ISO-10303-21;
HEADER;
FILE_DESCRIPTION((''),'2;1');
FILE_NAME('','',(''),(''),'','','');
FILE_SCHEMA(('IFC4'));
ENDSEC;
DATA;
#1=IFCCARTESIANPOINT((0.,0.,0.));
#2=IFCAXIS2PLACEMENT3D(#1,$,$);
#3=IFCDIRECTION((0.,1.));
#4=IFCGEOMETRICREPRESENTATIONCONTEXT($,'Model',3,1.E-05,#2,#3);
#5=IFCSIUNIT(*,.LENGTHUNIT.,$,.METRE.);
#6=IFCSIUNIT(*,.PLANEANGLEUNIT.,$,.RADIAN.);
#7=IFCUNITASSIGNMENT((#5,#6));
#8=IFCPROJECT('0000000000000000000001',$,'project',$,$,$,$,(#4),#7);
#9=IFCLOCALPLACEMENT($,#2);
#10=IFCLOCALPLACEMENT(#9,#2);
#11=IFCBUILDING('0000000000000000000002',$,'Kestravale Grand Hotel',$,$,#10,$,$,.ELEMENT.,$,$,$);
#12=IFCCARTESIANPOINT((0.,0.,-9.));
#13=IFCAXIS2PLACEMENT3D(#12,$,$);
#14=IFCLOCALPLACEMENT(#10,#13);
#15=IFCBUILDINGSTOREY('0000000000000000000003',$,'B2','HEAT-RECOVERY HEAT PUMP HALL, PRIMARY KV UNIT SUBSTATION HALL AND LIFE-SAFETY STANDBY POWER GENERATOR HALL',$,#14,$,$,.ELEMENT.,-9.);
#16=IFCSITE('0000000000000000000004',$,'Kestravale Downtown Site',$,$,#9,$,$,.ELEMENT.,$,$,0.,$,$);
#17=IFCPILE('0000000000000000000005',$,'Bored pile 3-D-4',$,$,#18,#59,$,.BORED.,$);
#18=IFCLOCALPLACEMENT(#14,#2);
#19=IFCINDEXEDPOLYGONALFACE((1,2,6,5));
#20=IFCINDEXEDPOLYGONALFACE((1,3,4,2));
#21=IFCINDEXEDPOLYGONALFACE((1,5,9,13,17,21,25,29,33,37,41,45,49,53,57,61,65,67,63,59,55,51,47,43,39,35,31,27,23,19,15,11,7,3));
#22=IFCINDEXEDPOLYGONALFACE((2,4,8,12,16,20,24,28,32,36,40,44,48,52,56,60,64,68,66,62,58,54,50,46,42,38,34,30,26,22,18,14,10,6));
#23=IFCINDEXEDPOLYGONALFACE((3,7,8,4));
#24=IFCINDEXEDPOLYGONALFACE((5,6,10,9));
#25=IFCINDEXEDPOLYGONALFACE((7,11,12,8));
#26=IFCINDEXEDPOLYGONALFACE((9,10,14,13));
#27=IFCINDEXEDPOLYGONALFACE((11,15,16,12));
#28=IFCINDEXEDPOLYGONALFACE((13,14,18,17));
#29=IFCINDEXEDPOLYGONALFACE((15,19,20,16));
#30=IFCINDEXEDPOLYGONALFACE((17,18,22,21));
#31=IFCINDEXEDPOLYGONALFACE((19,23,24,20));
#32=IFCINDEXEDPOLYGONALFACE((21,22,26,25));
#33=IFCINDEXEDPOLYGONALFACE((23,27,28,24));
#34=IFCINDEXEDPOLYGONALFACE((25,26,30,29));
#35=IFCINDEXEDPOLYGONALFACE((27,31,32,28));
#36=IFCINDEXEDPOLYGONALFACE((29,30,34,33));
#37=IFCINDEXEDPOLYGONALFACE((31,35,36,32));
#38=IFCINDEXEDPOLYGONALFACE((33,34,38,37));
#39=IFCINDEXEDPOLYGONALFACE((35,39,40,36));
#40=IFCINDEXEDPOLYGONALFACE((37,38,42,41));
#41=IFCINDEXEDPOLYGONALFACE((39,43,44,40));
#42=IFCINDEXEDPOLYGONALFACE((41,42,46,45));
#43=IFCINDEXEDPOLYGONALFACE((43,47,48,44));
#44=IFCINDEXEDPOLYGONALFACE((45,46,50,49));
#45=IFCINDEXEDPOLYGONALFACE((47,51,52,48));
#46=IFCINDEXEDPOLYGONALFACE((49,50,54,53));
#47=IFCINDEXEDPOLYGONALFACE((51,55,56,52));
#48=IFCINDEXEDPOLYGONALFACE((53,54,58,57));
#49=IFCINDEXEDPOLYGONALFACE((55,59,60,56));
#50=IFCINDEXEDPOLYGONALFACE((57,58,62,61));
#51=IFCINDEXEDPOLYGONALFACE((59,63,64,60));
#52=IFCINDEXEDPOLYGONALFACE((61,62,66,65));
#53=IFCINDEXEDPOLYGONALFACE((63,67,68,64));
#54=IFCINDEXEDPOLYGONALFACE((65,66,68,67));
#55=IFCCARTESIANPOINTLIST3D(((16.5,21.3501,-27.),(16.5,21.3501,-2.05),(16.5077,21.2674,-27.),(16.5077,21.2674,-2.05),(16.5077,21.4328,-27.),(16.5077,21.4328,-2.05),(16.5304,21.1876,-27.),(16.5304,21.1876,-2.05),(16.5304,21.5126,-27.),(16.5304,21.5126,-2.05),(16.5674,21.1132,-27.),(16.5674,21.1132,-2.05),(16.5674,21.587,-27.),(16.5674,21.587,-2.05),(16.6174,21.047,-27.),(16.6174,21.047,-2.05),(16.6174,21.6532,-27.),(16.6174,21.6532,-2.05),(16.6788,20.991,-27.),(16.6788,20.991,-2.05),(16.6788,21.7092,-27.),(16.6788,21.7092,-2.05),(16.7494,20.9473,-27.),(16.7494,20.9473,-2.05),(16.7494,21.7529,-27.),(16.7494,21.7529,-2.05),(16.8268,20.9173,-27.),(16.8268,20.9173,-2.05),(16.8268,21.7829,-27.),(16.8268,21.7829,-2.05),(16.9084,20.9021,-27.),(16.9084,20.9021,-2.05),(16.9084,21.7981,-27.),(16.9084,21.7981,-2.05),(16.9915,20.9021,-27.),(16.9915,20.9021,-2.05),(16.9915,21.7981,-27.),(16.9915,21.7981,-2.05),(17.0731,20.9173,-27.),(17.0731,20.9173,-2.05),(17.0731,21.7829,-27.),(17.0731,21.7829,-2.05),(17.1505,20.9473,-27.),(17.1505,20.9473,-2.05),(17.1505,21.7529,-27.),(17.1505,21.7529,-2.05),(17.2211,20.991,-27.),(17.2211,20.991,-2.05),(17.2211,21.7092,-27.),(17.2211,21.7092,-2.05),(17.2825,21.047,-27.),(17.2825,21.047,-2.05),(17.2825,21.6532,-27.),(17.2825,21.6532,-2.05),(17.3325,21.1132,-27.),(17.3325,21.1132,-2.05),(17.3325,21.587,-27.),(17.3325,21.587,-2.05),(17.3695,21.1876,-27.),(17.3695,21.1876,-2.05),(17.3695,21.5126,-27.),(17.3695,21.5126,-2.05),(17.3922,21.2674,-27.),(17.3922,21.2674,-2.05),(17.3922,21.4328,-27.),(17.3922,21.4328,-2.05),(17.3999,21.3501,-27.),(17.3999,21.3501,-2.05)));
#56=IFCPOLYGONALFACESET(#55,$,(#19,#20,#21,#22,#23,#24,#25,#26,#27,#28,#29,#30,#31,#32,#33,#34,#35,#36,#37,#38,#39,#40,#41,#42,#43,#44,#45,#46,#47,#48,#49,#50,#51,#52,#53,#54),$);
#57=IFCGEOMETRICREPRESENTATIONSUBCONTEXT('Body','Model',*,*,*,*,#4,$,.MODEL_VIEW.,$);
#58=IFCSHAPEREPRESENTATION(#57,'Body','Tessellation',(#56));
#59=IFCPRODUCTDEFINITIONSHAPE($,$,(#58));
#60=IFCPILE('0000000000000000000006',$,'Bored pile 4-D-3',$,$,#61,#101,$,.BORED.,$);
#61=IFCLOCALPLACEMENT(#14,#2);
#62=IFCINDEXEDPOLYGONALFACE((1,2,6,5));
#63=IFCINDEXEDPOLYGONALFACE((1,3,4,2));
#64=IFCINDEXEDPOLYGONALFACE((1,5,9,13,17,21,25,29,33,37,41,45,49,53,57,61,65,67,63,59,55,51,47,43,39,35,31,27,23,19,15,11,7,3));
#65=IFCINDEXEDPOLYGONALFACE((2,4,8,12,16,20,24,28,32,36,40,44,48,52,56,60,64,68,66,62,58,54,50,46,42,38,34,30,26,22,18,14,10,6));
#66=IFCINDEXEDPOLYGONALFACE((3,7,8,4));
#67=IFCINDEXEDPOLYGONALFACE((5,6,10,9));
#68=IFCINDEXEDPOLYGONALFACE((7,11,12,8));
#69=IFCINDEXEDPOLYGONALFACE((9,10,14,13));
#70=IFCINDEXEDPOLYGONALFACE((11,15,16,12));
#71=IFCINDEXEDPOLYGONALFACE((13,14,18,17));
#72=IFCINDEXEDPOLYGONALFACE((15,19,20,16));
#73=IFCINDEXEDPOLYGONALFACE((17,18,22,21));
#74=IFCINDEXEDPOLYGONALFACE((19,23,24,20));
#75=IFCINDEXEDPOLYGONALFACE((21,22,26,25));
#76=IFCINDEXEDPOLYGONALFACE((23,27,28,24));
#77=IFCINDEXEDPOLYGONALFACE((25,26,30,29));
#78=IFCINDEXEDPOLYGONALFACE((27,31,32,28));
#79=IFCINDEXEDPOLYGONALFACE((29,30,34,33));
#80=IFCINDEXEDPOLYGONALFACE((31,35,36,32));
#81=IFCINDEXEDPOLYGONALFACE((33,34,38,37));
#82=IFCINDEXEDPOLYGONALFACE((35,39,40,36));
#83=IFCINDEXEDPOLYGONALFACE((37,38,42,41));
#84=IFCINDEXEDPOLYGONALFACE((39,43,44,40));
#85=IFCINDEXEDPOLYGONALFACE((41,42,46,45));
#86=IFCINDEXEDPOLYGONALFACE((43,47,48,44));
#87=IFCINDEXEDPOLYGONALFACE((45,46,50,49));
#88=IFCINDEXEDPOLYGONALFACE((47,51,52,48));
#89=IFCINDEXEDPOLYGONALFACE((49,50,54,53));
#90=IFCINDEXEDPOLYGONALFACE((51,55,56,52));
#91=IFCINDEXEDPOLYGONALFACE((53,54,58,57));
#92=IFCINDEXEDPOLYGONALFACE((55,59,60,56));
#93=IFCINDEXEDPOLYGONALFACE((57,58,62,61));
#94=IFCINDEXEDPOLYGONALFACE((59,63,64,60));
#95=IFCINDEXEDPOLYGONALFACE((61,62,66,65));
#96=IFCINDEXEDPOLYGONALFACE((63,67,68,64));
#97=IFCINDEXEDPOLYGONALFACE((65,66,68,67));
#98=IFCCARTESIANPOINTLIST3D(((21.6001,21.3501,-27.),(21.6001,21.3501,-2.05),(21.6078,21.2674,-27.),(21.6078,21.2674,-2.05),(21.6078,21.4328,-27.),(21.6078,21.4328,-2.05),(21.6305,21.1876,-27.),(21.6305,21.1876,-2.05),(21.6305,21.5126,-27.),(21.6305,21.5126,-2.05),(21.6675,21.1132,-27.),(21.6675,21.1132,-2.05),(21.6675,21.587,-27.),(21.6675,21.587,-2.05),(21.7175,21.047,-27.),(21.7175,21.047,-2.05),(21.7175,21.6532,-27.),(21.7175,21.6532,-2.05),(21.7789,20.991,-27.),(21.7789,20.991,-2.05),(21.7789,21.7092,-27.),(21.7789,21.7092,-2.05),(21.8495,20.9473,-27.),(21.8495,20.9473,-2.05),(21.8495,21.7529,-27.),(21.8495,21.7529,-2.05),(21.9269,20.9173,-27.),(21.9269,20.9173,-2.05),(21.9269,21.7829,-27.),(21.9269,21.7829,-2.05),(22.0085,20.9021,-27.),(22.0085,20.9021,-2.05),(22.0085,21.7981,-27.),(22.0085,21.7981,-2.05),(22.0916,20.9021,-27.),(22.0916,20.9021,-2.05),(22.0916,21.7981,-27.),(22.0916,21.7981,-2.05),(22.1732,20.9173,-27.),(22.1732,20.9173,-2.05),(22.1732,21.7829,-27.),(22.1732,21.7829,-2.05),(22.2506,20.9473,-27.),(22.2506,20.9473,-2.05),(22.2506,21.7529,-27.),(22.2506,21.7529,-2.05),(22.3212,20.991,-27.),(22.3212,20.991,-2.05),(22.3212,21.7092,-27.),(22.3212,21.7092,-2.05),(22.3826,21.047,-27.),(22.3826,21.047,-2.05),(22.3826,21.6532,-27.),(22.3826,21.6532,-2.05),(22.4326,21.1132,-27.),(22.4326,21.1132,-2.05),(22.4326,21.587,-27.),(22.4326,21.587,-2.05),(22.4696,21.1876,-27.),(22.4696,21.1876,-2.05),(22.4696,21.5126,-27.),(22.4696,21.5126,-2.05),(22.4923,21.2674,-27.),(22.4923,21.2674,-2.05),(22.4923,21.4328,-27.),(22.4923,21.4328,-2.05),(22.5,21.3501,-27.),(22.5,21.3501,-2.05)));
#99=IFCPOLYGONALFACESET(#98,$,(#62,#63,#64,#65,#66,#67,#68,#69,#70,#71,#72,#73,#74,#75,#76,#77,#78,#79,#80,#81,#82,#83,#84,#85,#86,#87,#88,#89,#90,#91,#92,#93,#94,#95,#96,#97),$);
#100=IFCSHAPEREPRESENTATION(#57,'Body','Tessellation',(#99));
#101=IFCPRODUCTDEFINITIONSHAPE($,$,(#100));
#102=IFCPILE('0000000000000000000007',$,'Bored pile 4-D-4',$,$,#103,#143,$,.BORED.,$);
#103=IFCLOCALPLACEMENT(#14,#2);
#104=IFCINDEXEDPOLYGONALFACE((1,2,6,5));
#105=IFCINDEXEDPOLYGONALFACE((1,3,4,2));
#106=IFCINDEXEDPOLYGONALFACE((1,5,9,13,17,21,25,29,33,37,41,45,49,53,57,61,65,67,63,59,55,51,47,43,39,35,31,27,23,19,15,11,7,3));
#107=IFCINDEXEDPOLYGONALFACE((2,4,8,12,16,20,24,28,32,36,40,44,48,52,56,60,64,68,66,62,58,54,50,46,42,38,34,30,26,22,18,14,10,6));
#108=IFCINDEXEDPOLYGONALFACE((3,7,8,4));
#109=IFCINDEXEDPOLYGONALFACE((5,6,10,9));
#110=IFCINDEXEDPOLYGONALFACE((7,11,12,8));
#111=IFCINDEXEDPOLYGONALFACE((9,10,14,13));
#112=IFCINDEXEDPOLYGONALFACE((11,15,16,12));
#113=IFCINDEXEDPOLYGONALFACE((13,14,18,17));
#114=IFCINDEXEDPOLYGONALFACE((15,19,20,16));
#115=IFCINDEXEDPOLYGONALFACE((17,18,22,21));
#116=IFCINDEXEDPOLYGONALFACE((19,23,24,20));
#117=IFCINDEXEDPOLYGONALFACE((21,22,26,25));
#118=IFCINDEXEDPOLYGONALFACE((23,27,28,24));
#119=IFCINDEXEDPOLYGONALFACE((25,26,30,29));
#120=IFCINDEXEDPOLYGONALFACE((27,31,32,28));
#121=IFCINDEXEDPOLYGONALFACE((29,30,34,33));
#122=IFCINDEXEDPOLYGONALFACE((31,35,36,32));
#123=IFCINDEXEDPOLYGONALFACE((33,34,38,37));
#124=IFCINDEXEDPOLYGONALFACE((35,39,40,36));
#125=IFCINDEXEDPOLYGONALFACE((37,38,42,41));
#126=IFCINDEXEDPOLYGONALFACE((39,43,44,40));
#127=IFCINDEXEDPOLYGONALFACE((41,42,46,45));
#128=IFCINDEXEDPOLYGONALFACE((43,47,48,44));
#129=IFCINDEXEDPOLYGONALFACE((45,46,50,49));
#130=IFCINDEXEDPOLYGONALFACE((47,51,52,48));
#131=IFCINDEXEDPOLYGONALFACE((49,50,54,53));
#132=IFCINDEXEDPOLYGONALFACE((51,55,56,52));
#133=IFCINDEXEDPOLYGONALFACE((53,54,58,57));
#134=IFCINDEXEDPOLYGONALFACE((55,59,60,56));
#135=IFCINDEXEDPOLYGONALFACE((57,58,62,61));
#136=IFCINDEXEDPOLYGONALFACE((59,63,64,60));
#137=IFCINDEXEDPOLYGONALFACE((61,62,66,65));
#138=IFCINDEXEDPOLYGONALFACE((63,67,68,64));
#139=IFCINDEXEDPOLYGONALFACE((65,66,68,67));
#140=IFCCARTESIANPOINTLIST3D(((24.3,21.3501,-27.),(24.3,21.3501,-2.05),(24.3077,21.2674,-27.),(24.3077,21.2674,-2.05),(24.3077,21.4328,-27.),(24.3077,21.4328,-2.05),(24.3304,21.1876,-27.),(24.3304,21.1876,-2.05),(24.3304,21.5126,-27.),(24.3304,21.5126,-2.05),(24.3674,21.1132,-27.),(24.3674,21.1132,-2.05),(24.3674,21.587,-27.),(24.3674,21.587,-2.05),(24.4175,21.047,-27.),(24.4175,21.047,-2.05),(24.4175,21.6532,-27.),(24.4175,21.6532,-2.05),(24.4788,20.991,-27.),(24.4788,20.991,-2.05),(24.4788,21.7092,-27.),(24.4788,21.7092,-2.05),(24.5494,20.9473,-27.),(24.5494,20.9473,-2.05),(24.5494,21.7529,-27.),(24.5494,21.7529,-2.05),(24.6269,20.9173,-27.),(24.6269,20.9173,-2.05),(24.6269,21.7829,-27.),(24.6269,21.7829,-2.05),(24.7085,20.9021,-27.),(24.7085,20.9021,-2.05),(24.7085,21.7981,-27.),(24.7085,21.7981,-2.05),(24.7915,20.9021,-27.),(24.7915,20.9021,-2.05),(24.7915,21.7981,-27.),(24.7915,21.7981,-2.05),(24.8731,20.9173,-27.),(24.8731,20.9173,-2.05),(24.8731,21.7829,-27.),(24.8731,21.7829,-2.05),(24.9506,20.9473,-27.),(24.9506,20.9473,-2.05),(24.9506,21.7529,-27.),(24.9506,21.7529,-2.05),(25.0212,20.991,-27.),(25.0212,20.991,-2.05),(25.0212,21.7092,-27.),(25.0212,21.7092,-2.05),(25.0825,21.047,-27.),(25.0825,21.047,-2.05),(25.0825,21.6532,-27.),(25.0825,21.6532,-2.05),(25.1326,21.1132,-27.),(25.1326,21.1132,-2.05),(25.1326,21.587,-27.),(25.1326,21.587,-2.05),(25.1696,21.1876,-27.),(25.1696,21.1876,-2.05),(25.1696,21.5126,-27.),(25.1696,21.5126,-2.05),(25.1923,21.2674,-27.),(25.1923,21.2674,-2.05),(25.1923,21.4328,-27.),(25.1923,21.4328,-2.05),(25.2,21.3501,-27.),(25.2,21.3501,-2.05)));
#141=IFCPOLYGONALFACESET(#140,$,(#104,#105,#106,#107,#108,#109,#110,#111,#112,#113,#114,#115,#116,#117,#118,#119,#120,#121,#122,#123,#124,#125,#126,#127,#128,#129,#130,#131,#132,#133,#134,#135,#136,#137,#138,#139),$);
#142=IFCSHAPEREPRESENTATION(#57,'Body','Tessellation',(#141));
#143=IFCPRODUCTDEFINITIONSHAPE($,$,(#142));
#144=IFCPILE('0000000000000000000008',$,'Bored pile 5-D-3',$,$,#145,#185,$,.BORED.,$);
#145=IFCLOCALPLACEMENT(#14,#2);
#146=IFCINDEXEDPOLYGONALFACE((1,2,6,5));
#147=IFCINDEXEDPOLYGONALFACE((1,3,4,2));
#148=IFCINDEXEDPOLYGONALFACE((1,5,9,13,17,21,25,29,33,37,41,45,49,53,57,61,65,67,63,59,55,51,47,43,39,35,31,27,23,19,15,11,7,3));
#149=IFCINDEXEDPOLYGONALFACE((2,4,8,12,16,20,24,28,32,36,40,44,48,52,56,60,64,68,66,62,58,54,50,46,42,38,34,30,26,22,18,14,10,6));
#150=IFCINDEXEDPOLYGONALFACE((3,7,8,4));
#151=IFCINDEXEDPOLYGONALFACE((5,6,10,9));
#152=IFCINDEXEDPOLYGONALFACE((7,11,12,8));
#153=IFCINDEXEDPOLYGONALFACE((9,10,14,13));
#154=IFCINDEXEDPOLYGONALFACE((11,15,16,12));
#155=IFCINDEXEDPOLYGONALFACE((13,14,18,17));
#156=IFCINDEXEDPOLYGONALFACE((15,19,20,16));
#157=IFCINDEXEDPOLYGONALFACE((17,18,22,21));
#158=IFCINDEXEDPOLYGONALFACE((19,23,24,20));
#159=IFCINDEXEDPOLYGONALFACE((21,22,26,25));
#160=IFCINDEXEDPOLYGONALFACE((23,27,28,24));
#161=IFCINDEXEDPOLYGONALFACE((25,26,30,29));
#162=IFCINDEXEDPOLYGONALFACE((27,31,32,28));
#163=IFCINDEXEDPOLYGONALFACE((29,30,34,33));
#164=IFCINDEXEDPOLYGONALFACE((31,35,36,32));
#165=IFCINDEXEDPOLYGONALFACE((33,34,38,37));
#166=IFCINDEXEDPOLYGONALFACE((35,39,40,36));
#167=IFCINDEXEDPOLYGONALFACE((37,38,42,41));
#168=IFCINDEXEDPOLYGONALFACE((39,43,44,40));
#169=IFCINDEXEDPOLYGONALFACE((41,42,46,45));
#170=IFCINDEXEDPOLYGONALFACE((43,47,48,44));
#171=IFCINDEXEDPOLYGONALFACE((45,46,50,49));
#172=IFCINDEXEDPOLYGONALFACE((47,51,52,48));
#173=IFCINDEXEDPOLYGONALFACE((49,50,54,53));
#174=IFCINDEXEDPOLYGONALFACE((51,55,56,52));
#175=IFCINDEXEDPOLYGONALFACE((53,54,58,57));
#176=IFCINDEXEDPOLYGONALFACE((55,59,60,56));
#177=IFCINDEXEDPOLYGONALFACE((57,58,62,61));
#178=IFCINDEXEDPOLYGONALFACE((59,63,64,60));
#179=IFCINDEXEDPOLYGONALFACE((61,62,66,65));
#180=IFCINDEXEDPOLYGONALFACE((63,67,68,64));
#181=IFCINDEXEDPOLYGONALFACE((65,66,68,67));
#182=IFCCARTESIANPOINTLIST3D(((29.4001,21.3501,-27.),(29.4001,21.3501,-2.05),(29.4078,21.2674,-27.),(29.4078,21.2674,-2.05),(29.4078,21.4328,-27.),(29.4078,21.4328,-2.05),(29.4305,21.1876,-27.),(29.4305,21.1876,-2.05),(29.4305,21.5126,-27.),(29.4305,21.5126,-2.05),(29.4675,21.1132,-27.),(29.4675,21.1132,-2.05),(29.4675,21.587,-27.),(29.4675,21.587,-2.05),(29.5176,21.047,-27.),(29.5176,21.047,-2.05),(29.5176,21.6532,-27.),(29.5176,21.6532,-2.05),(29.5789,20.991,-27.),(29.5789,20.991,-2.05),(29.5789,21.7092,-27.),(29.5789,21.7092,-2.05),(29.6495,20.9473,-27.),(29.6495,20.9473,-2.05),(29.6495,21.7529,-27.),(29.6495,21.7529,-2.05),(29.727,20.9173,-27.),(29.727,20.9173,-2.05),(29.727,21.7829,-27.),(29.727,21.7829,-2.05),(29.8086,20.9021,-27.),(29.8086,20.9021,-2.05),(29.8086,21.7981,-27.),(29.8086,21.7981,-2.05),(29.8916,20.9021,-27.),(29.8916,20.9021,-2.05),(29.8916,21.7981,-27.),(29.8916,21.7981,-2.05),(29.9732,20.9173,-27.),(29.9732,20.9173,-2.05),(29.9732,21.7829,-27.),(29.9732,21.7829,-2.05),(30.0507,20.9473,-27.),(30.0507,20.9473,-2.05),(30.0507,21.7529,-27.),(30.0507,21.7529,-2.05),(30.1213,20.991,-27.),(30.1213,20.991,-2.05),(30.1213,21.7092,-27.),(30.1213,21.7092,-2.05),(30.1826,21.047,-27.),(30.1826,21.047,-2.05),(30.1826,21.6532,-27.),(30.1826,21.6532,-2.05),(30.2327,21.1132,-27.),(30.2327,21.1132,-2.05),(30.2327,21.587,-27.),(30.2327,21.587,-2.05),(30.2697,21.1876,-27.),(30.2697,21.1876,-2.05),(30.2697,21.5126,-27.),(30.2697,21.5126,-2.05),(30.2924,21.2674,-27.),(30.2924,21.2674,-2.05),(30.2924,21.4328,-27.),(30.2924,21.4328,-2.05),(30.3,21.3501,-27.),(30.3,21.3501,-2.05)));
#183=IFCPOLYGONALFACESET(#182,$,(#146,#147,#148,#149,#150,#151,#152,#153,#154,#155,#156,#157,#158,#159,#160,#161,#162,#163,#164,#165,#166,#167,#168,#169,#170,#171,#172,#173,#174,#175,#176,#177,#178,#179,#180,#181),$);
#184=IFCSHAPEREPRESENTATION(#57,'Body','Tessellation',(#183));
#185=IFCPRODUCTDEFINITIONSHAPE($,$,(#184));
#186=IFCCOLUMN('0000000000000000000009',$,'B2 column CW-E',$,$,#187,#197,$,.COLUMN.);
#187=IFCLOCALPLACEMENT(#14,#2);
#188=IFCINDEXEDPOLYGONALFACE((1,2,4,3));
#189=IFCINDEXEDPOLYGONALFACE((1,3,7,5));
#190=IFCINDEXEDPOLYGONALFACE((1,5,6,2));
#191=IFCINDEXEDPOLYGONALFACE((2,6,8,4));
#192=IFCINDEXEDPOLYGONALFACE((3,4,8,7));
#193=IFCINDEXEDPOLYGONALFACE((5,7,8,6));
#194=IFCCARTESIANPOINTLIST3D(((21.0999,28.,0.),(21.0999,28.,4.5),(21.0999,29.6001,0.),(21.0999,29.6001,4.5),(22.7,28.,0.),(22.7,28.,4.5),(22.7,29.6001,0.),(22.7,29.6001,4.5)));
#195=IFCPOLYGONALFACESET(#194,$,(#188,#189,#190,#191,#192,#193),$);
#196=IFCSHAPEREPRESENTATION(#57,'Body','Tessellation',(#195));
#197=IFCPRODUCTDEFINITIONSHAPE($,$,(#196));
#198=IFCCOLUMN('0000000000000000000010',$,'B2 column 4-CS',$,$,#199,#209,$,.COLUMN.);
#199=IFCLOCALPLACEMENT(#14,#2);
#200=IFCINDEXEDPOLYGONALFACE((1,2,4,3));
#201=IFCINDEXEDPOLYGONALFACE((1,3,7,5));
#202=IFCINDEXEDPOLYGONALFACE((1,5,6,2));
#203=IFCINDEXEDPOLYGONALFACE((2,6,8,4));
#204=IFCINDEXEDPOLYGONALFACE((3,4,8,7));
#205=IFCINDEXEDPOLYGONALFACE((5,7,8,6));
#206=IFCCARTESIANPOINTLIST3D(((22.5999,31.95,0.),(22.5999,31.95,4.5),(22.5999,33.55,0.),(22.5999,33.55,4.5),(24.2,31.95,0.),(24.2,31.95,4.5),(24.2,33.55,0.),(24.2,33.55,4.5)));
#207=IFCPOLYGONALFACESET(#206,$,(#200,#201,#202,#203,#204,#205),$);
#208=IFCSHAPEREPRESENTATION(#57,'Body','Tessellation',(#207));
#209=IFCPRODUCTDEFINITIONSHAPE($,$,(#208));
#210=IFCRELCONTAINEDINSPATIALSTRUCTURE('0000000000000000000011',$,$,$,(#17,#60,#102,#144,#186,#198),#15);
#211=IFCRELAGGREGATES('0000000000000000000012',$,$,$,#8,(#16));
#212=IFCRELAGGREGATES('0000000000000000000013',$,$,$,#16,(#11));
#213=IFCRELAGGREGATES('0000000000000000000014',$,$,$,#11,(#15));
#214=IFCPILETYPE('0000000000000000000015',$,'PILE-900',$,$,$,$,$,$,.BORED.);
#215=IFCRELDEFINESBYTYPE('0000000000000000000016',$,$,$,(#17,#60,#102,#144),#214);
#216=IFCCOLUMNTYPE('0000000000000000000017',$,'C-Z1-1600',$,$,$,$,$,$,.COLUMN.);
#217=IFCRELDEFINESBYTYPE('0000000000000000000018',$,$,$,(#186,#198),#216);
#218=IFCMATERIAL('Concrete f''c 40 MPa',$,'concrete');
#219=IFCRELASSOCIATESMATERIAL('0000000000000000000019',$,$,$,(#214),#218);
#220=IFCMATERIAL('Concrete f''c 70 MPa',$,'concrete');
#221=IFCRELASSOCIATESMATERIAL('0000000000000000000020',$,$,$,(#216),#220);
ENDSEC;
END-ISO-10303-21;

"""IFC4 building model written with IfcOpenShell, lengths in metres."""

from ifc_helpers import new_model, si_unit, direction, frame, origin, origin_2d, place, context, subcontext, project, spatial, rectangle, circle, extrude, material, material_profile, profile_set, type_object, element, save


model = new_model("IFC4")

# Units and contexts
model_context = context("Model", 3, precision=1e-05, world=origin(), true_north=direction((0.0, 1.0)))
body_context = subcontext(model_context, "Body", "Model", "MODEL_VIEW")
ifc_project = project(units=[si_unit("LENGTHUNIT", "METRE"), si_unit("PLANEANGLEUNIT", "RADIAN")], contexts=[model_context])

# Site, building, storey
site_placement = place(None, origin())
site = spatial("IfcSite", under=ifc_project, at=site_placement, Name="Kestravale Downtown Site", CompositionType="ELEMENT", RefElevation=0.0)
building_placement = place(site_placement, origin())
building = spatial("IfcBuilding", under=site, at=building_placement, Name="Kestravale Grand Hotel", CompositionType="ELEMENT")
storey_placement = place(building_placement, frame((0.0, 0.0, -9.0)))
storey = spatial("IfcBuildingStorey", under=building, at=storey_placement, Name="B2", Description="HEAT-RECOVERY HEAT PUMP HALL, PRIMARY KV UNIT SUBSTATION HALL AND LIFE-SAFETY STANDBY POWER GENERATOR HALL", CompositionType="ELEMENT", Elevation=-9.0)

# Piles
ifc_material_1 = material(Name="Concrete f'c 40 MPa", Category="concrete")
ifc_material_profile_1 = material_profile(ifc_material_1, circle(Radius=0.45, at=origin_2d()))
ifc_profile_set_1 = profile_set([ifc_material_profile_1], Name="Concrete f'c 40 MPa")
pile_type_1 = type_object("IfcPileType", Name="PILE-900", PredefinedType="BORED", material=ifc_profile_set_1)
for number, where, z_axis, x_axis, name in (
    (1, (16.95, 21.3501, -2.05), (0.0, 0.0, -1.0), (1.0, 0.0, 0.0), "Bored pile 3-D-4"),
    (2, (22.05, 21.3501, -2.05), (0.0, 0.0, -1.0), (1.0, 0.0, 0.0), "Bored pile 4-D-3"),
    (3, (24.75, 21.3501, -2.05), (0.0, 0.0, -1.0), (1.0, 0.0, 0.0), "Bored pile 4-D-4"),
    (4, (29.8501, 21.3501, -2.05), (0.0, 0.0, -1.0), (1.0, 0.0, 0.0), "Bored pile 5-D-3"),
):
    element("IfcPile", number, at=place(storey_placement, frame(where, z_axis=z_axis, x_axis=x_axis)), inside=storey, type_object=pile_type_1, Name=name, PredefinedType="BORED", context=body_context, shape_type="SweptSolid", body=[
        extrude(circle(Radius=0.45, at=origin_2d()), origin(), (0.0, 0.0, 1.0), 24.95),
    ])

# Columns
ifc_material_2 = material(Name="Concrete f'c 70 MPa", Category="concrete")
ifc_material_profile_2 = material_profile(ifc_material_2, rectangle(XDim=1.6001, YDim=1.6001, at=origin_2d()))
ifc_profile_set_2 = profile_set([ifc_material_profile_2], Name="Concrete f'c 70 MPa")
column_type = type_object("IfcColumnType", Name="C-Z1-1600", PredefinedType="COLUMN", material=ifc_profile_set_2)
for number, where, z_axis, x_axis, name in (
    (5, (21.8999, 28.8, 0.0), (0.0, 0.0, 1.0), (1.0, 0.0, 0.0), "B2 column CW-E"),
    (6, (23.3999, 32.75, 0.0), (0.0, 0.0, 1.0), (1.0, 0.0, 0.0), "B2 column 4-CS"),
):
    element("IfcColumn", number, at=place(storey_placement, frame(where, z_axis=z_axis, x_axis=x_axis)), inside=storey, type_object=column_type, Name=name, PredefinedType="COLUMN", context=body_context, shape_type="SweptSolid", body=[
        extrude(rectangle(XDim=1.6001, YDim=1.6001, at=origin_2d()), origin(), (0.0, 0.0, 1.0), 4.5),
    ])

save(model, "model.ifc")
